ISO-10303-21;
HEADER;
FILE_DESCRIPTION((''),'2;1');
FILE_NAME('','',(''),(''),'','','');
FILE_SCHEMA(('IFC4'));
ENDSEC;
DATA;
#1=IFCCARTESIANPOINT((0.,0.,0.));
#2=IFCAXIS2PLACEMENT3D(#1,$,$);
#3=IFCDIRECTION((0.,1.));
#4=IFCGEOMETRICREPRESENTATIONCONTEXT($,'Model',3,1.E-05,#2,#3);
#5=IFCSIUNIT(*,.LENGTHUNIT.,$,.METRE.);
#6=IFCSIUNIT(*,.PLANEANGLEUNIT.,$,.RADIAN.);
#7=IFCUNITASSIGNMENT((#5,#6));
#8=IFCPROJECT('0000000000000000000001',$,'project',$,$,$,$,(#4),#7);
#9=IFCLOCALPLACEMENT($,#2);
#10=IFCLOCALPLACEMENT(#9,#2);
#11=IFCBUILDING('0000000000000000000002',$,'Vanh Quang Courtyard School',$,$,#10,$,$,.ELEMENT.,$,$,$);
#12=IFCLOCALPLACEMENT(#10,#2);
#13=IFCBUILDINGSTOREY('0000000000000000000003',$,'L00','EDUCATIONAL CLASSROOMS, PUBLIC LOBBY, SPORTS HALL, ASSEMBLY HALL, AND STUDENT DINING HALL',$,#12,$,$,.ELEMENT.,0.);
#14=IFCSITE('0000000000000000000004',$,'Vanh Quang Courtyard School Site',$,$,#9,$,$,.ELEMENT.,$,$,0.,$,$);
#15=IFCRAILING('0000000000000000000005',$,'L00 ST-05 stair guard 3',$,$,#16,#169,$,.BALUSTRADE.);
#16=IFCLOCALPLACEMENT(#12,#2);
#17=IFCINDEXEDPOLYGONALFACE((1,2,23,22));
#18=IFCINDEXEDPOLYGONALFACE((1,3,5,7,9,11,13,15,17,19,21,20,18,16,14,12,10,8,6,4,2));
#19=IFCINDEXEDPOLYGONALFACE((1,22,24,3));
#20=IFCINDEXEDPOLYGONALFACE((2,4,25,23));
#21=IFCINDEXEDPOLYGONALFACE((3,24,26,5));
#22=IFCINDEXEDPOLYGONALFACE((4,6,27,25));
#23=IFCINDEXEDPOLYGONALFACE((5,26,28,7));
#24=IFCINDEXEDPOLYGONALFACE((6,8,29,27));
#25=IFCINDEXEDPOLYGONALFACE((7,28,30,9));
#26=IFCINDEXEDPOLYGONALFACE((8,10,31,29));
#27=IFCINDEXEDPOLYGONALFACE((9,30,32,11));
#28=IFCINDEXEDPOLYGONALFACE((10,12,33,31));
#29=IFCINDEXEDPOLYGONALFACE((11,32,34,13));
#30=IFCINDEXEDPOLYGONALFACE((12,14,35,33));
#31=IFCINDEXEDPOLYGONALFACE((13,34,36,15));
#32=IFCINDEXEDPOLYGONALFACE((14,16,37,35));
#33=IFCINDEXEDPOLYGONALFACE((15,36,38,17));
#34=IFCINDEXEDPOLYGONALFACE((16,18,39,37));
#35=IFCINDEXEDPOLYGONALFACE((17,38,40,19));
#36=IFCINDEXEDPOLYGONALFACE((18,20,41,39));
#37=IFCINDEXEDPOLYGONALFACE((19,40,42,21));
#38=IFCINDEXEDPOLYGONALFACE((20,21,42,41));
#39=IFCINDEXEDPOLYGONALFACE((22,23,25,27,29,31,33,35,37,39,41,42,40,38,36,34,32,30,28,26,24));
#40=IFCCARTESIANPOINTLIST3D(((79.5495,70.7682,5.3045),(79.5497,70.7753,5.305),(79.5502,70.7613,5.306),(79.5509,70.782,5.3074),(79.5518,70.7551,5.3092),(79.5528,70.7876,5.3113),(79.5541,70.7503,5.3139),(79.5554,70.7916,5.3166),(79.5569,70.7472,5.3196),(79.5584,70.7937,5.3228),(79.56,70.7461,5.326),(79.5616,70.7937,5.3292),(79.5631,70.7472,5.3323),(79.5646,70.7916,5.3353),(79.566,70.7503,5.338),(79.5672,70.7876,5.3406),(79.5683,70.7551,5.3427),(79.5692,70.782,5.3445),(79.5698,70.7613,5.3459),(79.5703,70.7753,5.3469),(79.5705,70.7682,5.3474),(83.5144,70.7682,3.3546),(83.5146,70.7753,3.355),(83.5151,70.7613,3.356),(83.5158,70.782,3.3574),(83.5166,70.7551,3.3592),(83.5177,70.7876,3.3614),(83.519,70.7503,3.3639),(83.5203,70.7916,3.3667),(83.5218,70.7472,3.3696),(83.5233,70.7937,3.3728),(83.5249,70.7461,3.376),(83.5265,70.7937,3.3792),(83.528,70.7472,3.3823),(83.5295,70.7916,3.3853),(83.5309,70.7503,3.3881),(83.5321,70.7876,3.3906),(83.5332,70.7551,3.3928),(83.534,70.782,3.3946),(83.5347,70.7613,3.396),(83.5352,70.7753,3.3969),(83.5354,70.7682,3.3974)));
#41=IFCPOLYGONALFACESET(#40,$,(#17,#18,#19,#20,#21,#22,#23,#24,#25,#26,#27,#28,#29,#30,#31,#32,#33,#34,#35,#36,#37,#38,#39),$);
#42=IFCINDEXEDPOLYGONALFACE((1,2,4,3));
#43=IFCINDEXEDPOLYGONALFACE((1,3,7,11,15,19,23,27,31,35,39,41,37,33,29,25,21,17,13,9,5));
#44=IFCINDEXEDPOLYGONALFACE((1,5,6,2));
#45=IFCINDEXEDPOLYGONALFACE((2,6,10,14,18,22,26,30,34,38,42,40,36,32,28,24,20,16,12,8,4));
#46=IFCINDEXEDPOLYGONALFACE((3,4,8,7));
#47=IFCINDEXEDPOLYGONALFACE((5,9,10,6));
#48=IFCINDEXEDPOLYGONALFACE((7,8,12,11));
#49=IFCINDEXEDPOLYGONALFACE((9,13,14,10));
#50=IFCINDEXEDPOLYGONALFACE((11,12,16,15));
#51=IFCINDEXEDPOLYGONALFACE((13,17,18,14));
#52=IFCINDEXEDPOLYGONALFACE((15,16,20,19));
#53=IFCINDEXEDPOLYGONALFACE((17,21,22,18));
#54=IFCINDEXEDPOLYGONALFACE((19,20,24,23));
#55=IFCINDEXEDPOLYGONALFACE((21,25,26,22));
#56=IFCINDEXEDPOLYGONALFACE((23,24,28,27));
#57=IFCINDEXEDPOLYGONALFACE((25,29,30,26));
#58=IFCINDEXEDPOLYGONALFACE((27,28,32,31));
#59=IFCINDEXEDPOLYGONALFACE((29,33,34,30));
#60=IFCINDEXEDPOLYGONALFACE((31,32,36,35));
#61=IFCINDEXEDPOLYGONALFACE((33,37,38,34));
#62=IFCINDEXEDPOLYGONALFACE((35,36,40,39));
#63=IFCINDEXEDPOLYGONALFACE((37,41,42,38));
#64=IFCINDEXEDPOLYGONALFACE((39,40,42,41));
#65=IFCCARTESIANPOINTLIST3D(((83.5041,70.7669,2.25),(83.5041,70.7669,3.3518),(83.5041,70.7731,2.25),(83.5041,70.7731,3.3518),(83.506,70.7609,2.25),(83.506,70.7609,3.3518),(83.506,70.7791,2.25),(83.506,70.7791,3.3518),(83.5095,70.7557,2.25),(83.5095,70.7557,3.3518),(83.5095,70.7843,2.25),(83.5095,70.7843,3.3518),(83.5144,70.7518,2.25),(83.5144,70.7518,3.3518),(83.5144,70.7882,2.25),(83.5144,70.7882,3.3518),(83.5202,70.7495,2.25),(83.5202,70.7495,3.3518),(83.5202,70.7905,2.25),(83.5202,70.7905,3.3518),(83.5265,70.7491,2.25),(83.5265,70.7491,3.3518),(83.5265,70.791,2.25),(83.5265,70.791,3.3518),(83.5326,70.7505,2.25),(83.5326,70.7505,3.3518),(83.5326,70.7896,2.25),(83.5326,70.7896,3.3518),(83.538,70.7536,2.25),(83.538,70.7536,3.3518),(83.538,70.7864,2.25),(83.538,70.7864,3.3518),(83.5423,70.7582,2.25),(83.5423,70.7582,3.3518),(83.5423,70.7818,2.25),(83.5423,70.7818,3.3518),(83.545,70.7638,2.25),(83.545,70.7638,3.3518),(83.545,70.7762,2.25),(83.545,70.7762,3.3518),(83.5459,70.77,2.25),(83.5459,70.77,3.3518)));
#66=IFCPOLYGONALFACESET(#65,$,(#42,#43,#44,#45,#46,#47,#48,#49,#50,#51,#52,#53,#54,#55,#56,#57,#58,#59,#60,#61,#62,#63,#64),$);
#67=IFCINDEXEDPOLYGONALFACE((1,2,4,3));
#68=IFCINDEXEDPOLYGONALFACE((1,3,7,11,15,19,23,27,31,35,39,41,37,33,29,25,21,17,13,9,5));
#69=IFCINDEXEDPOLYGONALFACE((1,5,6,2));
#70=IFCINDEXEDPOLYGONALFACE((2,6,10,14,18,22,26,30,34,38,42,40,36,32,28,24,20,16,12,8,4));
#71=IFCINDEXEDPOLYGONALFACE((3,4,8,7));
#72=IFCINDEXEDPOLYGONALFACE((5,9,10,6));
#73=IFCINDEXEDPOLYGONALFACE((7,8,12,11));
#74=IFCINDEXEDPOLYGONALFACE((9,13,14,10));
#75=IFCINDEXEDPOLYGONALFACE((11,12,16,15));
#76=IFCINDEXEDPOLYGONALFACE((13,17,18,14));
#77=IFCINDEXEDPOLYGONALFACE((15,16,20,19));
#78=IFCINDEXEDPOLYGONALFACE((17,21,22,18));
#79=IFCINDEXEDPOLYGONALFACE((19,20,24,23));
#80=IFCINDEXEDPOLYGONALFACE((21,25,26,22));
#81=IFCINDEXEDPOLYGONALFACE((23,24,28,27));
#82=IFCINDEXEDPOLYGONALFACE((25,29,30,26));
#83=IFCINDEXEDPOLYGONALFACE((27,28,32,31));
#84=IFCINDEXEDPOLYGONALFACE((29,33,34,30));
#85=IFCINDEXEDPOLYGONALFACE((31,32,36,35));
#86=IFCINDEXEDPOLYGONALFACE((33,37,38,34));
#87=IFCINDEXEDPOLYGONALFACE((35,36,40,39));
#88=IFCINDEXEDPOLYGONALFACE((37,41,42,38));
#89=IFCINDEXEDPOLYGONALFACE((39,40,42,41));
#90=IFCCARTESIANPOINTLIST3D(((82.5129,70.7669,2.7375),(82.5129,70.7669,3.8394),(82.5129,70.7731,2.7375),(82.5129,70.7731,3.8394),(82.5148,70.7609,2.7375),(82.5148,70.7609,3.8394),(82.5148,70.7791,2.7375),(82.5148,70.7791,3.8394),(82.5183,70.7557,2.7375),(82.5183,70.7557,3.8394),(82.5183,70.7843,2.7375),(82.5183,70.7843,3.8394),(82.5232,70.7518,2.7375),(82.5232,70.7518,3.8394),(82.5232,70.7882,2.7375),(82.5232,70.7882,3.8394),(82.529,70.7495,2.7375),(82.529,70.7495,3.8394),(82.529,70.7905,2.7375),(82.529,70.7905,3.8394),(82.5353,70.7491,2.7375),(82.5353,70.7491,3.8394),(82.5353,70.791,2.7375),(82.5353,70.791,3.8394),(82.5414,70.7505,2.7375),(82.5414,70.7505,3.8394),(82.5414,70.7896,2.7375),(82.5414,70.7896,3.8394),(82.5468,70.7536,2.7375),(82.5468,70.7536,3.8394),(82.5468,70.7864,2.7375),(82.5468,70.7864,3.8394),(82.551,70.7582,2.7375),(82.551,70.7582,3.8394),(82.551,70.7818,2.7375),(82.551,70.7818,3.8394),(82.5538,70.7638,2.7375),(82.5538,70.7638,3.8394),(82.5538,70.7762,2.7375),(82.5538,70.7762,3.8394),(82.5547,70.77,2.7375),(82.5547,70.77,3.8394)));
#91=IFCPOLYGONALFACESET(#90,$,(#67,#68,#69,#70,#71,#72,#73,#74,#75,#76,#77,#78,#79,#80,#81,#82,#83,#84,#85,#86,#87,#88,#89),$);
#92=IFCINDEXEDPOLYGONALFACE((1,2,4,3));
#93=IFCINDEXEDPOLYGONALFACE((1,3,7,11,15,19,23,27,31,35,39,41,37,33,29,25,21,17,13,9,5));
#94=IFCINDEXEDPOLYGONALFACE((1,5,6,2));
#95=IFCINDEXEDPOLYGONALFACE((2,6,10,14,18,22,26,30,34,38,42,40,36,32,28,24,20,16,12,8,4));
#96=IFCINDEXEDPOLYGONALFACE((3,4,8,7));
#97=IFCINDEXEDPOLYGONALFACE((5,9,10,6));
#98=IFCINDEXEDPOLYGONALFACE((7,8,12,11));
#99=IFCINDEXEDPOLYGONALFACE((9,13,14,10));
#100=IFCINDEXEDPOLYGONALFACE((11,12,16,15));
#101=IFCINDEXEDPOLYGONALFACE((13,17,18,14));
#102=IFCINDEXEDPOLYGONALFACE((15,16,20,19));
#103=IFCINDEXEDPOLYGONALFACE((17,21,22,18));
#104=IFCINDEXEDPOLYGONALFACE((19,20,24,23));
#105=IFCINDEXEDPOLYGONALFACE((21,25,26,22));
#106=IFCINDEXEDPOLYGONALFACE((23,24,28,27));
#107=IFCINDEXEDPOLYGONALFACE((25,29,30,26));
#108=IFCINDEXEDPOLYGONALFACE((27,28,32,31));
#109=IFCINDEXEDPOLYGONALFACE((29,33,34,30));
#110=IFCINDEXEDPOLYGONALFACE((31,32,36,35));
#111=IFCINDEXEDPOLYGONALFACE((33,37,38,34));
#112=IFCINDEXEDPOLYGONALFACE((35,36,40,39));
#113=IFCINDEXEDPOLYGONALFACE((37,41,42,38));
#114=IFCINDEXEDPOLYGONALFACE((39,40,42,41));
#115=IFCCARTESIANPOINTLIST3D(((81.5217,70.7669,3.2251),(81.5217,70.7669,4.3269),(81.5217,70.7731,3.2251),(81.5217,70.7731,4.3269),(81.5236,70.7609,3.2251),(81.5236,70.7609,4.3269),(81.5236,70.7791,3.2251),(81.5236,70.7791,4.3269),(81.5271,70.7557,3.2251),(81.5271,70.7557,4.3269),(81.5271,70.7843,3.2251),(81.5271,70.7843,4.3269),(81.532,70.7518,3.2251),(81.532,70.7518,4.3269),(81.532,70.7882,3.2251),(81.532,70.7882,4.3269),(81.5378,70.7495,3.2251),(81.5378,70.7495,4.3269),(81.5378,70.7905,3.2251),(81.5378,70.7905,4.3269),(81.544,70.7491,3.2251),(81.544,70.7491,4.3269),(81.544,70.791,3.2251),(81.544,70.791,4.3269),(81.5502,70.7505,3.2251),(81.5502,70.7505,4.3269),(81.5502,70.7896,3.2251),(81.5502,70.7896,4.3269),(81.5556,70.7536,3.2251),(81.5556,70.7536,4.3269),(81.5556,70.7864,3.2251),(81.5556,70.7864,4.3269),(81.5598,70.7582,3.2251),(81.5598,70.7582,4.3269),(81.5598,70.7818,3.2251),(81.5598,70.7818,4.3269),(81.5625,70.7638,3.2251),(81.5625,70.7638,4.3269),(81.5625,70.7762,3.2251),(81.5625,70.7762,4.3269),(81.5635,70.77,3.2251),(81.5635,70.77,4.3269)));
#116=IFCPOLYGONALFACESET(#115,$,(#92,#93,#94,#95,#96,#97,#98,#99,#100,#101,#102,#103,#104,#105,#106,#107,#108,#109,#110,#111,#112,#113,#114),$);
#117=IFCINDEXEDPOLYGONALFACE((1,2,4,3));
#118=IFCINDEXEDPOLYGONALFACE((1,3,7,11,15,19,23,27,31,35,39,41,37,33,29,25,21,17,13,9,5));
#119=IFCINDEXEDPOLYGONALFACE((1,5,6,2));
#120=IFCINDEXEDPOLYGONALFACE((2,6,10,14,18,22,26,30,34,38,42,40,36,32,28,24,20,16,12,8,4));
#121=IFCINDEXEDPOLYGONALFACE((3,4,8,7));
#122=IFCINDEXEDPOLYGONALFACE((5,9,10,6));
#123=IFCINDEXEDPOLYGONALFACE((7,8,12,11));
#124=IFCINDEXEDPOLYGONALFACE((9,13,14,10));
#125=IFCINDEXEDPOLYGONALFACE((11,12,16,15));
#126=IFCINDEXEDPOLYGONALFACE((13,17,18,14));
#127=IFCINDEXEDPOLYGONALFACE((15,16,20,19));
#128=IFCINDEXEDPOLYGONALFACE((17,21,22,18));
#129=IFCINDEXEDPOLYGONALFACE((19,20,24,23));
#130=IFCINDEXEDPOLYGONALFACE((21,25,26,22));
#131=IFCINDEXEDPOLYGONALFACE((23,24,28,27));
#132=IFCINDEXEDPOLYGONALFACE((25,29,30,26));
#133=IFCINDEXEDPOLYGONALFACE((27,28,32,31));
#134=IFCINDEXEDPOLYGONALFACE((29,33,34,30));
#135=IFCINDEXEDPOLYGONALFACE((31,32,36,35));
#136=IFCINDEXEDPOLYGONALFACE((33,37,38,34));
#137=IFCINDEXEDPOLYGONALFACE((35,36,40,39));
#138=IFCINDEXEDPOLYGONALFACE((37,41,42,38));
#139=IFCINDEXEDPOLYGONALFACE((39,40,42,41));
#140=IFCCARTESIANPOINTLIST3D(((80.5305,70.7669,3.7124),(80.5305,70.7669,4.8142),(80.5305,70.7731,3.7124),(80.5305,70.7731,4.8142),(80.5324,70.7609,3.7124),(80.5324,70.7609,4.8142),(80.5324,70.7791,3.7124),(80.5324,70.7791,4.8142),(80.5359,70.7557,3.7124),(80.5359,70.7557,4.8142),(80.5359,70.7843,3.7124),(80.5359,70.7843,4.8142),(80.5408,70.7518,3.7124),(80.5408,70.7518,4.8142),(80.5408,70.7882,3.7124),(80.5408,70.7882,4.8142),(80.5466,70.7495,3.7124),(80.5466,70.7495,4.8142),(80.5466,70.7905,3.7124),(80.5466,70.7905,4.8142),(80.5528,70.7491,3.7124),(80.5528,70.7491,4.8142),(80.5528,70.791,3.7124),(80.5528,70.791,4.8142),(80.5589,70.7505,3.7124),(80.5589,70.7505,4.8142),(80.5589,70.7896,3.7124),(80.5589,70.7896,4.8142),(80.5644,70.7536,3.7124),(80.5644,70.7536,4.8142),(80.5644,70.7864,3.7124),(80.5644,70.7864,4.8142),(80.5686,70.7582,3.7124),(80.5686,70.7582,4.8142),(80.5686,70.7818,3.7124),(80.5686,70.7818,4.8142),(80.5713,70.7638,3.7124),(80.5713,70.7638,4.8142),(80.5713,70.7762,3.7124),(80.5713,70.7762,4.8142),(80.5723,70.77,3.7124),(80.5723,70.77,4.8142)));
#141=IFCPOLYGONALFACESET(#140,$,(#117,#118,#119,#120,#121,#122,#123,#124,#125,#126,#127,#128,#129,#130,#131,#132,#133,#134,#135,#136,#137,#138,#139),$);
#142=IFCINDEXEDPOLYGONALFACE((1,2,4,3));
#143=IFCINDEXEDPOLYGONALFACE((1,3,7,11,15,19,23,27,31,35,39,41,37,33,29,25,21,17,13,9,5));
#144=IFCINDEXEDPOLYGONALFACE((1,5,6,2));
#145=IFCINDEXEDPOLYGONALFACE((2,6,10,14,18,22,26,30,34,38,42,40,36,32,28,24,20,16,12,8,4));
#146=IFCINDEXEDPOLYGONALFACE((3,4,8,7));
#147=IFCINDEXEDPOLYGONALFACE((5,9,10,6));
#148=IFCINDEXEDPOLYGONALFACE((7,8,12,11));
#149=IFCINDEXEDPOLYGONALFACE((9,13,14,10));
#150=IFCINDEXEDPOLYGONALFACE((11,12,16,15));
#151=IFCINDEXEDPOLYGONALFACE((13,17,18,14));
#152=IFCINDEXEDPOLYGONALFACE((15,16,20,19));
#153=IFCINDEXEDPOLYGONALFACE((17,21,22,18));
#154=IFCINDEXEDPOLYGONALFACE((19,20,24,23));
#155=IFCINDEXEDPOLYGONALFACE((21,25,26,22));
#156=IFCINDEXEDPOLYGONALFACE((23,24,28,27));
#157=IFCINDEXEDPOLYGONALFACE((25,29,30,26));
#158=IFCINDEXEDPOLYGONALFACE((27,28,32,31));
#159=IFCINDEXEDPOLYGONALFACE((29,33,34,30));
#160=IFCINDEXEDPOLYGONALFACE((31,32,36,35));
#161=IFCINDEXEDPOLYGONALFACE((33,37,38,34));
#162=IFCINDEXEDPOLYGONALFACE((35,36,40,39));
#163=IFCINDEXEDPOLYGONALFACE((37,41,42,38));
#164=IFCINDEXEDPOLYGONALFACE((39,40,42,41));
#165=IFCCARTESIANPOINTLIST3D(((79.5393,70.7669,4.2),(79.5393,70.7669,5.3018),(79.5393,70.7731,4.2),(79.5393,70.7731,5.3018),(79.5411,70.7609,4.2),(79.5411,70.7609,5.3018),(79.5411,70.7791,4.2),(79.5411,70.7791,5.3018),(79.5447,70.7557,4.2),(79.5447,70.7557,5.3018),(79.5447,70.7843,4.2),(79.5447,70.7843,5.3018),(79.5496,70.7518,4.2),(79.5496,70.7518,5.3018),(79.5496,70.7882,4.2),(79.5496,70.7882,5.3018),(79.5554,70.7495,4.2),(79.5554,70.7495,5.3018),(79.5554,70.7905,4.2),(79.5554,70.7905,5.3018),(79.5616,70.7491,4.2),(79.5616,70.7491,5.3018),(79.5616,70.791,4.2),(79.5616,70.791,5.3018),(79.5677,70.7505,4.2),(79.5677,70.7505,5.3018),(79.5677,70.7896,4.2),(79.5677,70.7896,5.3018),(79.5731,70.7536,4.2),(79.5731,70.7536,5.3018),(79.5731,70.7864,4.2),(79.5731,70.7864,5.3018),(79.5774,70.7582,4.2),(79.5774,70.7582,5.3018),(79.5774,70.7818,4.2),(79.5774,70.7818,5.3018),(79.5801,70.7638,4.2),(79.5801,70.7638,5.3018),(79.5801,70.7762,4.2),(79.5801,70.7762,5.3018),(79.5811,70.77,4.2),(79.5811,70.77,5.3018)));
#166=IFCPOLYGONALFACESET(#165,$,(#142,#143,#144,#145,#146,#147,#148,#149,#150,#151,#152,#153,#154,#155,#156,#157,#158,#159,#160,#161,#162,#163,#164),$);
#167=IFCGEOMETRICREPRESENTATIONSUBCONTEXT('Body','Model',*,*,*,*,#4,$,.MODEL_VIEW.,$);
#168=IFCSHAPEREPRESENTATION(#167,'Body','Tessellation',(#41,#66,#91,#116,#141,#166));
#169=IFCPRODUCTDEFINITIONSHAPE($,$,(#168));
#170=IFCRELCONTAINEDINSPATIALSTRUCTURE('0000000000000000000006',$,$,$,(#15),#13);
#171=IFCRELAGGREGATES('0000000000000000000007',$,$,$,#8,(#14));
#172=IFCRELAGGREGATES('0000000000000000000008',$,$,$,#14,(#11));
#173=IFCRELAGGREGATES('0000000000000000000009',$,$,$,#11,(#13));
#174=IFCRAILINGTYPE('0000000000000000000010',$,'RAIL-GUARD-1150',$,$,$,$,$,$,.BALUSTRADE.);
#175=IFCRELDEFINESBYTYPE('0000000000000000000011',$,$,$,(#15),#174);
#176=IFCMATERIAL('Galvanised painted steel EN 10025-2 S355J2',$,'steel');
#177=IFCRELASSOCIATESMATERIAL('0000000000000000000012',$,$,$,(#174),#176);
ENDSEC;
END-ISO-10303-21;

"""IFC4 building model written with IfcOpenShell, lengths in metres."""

from ifc_helpers import new_model, si_unit, direction, frame, origin, origin_2d, place, context, subcontext, project, spatial, circle, extrude, material, type_object, element, save


model = new_model("IFC4")

# Units and contexts
model_context = context("Model", 3, precision=1e-05, world=origin(), true_north=direction((0.0, 1.0)))
body_context = subcontext(model_context, "Body", "Model", "MODEL_VIEW")
ifc_project = project(units=[si_unit("LENGTHUNIT", "METRE"), si_unit("PLANEANGLEUNIT", "RADIAN")], contexts=[model_context])

# Site, building, storey
site_placement = place(None, origin())
site = spatial("IfcSite", under=ifc_project, at=site_placement, Name="Vanh Quang Courtyard School Site", CompositionType="ELEMENT", RefElevation=0.0)
building_placement = place(site_placement, origin())
building = spatial("IfcBuilding", under=site, at=building_placement, Name="Vanh Quang Courtyard School", CompositionType="ELEMENT")
storey_placement = place(building_placement, origin())
storey = spatial("IfcBuildingStorey", under=building, at=storey_placement, Name="L00", Description="EDUCATIONAL CLASSROOMS, PUBLIC LOBBY, SPORTS HALL, ASSEMBLY HALL, AND STUDENT DINING HALL", CompositionType="ELEMENT", Elevation=0.0)

# Railing
ifc_material_1 = material(Name="Galvanised painted steel EN 10025-2 S355J2", Category="steel")
railing_type_1 = type_object("IfcRailingType", Name="RAIL-GUARD-1150", PredefinedType="BALUSTRADE", material=ifc_material_1)
railing_1_placement = place(storey_placement, frame((83.5249, 70.77, 2.25)))
element("IfcRailing", 1, at=railing_1_placement, inside=storey, type_object=railing_type_1, Name="L00 ST-05 stair guard 3", PredefinedType="BALUSTRADE", context=body_context, shape_type="SweptSolid", body=[
    extrude(circle(Radius=0.0239, at=origin_2d()), frame((0.0, 0.0, 1.126), z_axis=(-0.897347, 0.0, 0.441325), x_axis=(0.0, -1.0, 0.0)), (0.0, 0.0, 1.0), 4.4185),
    extrude(circle(Radius=0.021, at=origin_2d()), origin(), (0.0, 0.0, 1.0), 1.1018),
    extrude(circle(Radius=0.021, at=origin_2d()), frame((-0.9912, 0.0, 0.4875)), (0.0, 0.0, 1.0), 1.1018),
    extrude(circle(Radius=0.021, at=origin_2d()), frame((-1.9824, 0.0, 0.9751)), (0.0, 0.0, 1.0), 1.1018),
    extrude(circle(Radius=0.021, at=origin_2d()), frame((-2.9736, 0.0, 1.4624)), (0.0, 0.0, 1.0), 1.1018),
    extrude(circle(Radius=0.021, at=origin_2d()), frame((-3.9648, 0.0, 1.95)), (0.0, 0.0, 1.0), 1.1018),
])

save(model, "model.ifc")
